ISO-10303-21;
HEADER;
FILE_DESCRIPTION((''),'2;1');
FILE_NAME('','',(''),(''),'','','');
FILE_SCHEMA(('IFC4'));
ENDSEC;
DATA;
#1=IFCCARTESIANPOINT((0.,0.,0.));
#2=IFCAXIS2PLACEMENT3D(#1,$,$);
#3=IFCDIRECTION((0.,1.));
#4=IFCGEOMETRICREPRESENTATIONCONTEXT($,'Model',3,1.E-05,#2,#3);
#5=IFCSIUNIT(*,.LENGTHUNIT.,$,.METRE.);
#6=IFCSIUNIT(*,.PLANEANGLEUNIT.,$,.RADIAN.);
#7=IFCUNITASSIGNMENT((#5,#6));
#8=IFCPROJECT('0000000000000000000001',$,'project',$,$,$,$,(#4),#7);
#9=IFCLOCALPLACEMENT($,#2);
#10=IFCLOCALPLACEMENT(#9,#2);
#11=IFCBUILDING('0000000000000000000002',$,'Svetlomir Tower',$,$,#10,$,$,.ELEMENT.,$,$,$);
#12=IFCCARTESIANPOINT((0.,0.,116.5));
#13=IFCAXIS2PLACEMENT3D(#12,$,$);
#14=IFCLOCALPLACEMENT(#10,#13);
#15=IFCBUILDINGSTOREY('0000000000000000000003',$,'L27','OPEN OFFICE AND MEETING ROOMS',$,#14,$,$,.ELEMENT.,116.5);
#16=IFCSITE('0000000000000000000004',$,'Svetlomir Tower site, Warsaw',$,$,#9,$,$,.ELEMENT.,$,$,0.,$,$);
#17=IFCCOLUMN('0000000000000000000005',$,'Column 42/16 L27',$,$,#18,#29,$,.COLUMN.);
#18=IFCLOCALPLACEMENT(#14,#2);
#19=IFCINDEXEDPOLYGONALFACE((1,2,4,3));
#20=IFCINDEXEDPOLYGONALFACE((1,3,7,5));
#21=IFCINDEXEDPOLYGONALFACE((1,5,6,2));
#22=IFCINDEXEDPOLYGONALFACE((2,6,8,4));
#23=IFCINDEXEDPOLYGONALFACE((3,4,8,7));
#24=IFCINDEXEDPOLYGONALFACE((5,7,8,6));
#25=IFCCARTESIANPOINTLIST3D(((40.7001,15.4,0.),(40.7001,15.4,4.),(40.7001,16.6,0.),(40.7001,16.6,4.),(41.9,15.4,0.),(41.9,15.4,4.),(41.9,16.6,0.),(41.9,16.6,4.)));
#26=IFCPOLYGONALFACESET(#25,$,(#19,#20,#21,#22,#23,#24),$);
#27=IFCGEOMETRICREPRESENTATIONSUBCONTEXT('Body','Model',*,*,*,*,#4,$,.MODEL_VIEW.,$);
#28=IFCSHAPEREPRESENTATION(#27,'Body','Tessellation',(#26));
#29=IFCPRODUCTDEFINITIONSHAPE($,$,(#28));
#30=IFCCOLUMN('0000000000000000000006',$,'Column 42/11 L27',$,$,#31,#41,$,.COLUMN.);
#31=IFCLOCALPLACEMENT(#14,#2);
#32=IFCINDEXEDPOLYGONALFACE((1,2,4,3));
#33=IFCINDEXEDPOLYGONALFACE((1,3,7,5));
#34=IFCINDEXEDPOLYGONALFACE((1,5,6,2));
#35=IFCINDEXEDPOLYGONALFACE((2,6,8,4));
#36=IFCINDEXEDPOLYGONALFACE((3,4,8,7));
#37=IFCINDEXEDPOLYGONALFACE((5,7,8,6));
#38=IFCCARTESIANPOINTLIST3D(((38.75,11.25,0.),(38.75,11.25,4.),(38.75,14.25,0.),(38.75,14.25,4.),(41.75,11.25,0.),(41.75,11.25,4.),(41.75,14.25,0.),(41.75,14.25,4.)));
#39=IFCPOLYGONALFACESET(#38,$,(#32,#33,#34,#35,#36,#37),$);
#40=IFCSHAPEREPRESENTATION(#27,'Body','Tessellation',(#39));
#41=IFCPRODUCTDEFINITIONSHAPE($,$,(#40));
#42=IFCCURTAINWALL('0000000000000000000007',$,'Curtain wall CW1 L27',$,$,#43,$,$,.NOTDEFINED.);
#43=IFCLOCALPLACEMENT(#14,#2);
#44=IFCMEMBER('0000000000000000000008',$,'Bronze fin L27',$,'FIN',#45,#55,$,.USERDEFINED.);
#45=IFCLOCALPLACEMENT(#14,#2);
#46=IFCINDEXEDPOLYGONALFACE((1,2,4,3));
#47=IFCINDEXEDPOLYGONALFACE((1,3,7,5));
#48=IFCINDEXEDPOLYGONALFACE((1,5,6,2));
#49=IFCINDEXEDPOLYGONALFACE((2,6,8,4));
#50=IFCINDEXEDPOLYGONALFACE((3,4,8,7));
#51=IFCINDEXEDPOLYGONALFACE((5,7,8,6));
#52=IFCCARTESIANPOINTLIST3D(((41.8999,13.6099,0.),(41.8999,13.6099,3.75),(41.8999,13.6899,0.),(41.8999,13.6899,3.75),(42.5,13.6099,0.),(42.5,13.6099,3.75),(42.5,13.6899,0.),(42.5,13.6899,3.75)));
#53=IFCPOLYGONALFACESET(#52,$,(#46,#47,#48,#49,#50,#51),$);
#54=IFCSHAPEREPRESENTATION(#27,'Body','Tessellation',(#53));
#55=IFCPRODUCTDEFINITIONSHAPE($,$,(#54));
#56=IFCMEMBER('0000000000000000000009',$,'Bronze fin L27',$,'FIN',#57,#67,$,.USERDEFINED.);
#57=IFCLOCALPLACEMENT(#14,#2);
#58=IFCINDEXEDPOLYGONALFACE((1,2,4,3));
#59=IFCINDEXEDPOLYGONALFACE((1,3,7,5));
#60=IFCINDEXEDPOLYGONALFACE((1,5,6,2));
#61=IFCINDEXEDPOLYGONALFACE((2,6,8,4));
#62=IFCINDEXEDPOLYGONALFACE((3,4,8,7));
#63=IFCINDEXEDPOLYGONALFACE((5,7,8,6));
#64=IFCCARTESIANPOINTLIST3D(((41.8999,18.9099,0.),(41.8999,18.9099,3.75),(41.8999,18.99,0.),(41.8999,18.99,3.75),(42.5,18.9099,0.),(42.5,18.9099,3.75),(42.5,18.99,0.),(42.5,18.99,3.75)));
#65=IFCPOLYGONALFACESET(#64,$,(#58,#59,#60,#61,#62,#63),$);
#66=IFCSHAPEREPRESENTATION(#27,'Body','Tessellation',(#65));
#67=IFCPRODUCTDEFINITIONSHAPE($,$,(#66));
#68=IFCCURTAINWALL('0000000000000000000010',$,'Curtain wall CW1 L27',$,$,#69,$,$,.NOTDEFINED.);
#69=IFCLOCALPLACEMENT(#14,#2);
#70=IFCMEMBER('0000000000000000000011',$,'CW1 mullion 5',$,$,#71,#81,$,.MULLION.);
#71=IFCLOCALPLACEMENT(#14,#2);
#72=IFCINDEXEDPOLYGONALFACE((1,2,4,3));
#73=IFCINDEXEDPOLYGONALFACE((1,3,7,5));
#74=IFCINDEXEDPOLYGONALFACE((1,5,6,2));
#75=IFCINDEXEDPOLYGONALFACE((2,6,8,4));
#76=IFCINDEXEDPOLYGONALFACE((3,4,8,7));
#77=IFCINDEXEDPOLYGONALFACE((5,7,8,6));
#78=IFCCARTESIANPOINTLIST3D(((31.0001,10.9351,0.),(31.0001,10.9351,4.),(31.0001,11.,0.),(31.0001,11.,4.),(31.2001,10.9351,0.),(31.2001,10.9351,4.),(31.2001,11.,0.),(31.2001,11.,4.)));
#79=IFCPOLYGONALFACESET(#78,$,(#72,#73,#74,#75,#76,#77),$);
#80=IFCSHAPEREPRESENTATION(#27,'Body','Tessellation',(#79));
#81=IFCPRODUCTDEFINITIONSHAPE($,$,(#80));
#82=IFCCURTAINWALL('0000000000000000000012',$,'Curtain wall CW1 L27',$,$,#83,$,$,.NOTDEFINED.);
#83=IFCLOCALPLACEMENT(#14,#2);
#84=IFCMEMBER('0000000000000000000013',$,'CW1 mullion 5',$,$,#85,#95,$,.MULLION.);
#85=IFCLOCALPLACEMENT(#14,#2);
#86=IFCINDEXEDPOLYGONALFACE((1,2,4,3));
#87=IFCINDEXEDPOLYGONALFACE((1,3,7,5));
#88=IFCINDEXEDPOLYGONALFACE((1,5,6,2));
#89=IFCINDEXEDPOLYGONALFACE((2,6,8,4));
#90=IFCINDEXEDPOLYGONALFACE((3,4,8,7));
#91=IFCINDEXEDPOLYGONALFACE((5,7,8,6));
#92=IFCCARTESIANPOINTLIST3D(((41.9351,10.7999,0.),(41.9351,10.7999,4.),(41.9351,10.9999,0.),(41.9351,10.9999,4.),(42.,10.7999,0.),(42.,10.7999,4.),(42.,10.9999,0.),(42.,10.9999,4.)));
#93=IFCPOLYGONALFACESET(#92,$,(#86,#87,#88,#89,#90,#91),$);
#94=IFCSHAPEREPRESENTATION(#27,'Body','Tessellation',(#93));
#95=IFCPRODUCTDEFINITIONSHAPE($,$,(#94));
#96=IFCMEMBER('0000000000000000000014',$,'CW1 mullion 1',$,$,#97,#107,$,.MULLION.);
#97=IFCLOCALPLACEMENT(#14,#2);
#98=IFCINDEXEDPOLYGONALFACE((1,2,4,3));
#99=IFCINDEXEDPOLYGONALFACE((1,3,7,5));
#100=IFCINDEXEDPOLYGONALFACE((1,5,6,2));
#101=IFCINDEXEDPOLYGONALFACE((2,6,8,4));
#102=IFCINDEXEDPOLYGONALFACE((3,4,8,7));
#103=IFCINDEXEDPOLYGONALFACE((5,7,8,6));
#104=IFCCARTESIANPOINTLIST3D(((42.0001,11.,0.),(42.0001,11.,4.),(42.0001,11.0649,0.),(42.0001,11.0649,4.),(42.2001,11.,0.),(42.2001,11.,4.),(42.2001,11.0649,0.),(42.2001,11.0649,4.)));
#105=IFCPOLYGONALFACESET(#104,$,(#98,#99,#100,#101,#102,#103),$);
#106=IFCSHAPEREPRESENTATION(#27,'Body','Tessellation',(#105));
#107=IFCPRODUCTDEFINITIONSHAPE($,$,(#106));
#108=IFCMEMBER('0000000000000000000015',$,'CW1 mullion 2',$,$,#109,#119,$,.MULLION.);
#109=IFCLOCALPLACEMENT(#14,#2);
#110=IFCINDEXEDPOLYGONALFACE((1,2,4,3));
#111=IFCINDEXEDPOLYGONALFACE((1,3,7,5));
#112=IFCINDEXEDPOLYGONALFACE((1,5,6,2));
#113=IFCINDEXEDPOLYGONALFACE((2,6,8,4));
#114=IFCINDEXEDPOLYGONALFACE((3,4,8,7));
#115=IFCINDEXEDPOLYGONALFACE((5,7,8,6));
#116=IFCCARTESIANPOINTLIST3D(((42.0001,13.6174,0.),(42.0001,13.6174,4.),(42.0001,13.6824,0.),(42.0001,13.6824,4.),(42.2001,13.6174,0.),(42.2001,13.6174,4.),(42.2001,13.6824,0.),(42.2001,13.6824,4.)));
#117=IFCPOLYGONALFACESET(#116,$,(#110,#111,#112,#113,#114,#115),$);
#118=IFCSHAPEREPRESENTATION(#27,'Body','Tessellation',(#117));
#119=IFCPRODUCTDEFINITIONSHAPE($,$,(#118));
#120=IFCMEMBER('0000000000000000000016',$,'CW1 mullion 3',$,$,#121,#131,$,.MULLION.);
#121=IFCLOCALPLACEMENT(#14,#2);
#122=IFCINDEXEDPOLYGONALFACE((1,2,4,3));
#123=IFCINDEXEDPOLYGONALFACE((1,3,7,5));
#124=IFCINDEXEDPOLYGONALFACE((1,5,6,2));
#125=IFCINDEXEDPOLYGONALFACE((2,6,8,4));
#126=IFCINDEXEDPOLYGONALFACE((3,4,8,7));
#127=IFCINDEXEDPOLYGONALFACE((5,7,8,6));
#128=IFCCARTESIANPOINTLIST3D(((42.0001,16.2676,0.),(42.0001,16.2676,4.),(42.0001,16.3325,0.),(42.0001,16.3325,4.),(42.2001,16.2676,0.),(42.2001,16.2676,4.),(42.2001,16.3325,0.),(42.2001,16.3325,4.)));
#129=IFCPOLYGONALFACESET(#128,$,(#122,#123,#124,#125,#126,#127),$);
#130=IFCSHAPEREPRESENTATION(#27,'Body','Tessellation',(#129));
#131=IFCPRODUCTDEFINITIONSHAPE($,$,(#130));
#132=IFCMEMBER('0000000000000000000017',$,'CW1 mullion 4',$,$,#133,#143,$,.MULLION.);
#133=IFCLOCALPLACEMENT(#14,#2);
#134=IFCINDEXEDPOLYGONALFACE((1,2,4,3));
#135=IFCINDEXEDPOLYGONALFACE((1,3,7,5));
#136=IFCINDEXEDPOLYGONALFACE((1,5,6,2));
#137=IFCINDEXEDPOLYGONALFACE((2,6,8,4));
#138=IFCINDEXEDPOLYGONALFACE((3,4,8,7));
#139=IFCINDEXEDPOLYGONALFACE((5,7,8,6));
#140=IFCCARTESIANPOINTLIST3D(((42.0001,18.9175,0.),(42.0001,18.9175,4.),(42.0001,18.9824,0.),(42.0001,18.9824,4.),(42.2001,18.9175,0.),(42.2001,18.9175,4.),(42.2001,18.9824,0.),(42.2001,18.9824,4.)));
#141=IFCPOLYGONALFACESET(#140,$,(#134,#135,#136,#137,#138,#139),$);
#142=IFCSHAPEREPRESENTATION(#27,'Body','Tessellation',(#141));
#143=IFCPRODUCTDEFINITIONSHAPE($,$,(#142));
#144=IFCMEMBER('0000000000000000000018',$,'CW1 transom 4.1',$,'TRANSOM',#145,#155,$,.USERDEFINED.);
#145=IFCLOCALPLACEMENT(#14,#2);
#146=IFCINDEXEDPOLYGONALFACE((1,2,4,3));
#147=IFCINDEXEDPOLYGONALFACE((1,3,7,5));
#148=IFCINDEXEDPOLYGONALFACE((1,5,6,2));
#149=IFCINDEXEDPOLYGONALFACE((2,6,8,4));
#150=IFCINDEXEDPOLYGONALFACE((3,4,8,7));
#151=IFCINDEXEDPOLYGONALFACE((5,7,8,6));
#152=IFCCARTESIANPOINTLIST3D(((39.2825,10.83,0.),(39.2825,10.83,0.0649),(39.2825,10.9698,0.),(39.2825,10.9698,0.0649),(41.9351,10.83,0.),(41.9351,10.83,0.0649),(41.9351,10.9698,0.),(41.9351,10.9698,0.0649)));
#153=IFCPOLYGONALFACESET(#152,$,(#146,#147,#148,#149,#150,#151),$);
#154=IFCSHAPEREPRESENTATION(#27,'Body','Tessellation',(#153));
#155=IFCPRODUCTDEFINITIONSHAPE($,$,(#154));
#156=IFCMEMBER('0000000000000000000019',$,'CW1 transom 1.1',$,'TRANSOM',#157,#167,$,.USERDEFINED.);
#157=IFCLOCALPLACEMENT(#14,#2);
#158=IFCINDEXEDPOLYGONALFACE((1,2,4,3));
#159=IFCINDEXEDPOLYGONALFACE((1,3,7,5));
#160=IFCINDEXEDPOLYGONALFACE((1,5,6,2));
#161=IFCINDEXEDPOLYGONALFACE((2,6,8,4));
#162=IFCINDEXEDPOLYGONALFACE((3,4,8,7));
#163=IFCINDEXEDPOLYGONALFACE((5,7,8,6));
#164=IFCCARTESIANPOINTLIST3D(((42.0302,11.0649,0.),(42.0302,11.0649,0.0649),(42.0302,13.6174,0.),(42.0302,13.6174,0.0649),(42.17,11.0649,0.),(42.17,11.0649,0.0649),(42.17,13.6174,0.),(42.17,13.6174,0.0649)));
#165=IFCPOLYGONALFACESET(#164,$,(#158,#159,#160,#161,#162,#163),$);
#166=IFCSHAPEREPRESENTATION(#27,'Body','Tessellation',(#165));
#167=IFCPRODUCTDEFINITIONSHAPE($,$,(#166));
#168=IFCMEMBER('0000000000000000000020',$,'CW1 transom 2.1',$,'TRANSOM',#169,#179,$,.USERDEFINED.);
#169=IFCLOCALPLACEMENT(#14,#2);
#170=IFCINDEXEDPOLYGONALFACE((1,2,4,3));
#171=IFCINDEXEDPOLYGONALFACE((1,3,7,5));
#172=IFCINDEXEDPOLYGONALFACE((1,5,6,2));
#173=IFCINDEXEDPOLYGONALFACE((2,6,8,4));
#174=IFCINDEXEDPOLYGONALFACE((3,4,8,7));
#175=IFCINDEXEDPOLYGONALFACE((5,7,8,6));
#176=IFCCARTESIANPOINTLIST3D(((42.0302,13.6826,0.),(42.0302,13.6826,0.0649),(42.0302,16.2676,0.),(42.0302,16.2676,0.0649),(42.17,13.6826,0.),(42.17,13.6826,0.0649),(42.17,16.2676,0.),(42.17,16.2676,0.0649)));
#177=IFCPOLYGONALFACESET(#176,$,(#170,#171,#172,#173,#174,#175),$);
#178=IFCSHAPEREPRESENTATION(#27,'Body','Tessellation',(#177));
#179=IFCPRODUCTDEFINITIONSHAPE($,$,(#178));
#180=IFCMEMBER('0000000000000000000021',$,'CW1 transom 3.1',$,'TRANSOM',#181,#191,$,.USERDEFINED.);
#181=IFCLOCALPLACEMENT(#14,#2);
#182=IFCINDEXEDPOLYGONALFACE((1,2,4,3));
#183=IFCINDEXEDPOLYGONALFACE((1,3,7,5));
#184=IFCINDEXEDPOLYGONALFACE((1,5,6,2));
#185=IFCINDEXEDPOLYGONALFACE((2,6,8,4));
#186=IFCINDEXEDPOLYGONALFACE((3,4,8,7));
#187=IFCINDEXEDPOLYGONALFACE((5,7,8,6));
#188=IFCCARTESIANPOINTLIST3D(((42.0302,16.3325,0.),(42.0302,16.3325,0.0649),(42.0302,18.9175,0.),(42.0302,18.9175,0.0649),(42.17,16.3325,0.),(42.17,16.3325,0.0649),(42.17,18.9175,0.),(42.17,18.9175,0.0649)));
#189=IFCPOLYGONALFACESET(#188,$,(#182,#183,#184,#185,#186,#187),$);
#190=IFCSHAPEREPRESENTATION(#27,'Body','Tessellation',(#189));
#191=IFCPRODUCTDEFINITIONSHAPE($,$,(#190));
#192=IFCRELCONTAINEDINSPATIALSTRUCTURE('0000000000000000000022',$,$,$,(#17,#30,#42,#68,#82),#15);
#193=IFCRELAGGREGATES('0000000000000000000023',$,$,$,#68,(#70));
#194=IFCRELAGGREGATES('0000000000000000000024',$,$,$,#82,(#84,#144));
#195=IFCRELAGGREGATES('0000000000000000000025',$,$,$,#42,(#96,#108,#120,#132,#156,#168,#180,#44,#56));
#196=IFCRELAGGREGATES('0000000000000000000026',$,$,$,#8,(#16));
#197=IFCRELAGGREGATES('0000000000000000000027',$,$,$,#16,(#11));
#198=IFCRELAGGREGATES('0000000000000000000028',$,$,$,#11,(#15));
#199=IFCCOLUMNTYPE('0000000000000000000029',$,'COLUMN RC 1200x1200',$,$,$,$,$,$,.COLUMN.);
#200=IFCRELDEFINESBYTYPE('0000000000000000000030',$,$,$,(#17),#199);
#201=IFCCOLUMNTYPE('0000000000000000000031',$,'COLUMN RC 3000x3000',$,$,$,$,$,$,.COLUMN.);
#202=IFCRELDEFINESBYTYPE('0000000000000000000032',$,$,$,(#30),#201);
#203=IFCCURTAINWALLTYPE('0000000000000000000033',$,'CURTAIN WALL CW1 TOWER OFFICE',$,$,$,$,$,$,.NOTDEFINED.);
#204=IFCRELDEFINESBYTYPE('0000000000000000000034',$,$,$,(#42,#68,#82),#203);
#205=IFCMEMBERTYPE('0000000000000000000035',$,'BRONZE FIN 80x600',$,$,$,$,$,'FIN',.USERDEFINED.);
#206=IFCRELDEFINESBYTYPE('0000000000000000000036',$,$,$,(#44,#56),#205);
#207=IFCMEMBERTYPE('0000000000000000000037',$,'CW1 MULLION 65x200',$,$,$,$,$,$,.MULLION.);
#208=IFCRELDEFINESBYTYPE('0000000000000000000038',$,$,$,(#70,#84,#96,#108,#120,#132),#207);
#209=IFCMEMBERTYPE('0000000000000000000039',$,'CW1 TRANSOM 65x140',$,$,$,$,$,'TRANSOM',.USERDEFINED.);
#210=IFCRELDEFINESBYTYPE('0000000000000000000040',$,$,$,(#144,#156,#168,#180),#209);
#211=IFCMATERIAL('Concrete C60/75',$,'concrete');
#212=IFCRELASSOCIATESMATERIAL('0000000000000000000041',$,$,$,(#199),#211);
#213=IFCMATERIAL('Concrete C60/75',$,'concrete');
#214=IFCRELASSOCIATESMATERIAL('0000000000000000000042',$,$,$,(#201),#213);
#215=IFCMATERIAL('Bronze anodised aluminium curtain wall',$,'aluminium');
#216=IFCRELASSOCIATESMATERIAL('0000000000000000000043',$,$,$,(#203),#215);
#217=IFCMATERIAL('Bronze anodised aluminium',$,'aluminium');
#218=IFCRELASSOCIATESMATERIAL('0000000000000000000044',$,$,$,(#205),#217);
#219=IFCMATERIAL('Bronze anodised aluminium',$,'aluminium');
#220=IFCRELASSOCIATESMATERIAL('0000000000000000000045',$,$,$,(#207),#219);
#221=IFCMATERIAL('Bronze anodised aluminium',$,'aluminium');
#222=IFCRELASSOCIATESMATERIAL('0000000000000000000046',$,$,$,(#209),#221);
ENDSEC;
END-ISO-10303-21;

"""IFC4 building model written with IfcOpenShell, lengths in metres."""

from ifc_helpers import new_model, si_unit, direction, frame, origin, origin_2d, place, context, subcontext, project, spatial, rectangle, extrude, material, material_profile, profile_set, type_object, element, aggregate, save


model = new_model("IFC4")

# Units and contexts
model_context = context("Model", 3, precision=1e-05, world=origin(), true_north=direction((0.0, 1.0)))
body_context = subcontext(model_context, "Body", "Model", "MODEL_VIEW")
ifc_project = project(units=[si_unit("LENGTHUNIT", "METRE"), si_unit("PLANEANGLEUNIT", "RADIAN")], contexts=[model_context])

# Site, building, storey
site_placement = place(None, origin())
site = spatial("IfcSite", under=ifc_project, at=site_placement, Name="Svetlomir Tower site, Warsaw", CompositionType="ELEMENT", RefElevation=0.0)
building_placement = place(site_placement, origin())
building = spatial("IfcBuilding", under=site, at=building_placement, Name="Svetlomir Tower", CompositionType="ELEMENT")
storey_placement = place(building_placement, frame((0.0, 0.0, 116.5)))
storey = spatial("IfcBuildingStorey", under=building, at=storey_placement, Name="L27", Description="OPEN OFFICE AND MEETING ROOMS", CompositionType="ELEMENT", Elevation=116.5)

# Columns
ifc_material_1 = material(Name="Concrete C60/75", Category="concrete")
ifc_material_profile_1 = material_profile(ifc_material_1, rectangle(XDim=1.2, YDim=1.2, at=origin_2d()), Name="RC 1200x1200")
ifc_profile_set_1 = profile_set([ifc_material_profile_1], Name="Concrete C60/75")
column_type_1 = type_object("IfcColumnType", Name="COLUMN RC 1200x1200", PredefinedType="COLUMN", material=ifc_profile_set_1)
column_1_placement = place(storey_placement, frame((41.3, 16.0, 0.0), z_axis=(0.0, 0.0, 1.0), x_axis=(1.0, 0.0, 0.0)))
element("IfcColumn", 1, at=column_1_placement, inside=storey, type_object=column_type_1, Name="Column 42/16 L27", PredefinedType="COLUMN", context=body_context, shape_type="SweptSolid", body=[
    extrude(rectangle(XDim=1.2, YDim=1.2, at=origin_2d()), origin(), (0.0, 0.0, 1.0), 4.0),
])
ifc_material_2 = material(Name="Concrete C60/75", Category="concrete")
ifc_material_profile_2 = material_profile(ifc_material_2, rectangle(XDim=3.0, YDim=3.0, at=origin_2d()), Name="RC 3000x3000")
ifc_profile_set_2 = profile_set([ifc_material_profile_2], Name="Concrete C60/75")
column_type_2 = type_object("IfcColumnType", Name="COLUMN RC 3000x3000", PredefinedType="COLUMN", material=ifc_profile_set_2)
column_2_placement = place(storey_placement, frame((40.25, 12.75, 0.0), z_axis=(0.0, 0.0, 1.0), x_axis=(1.0, 0.0, 0.0)))
element("IfcColumn", 2, at=column_2_placement, inside=storey, type_object=column_type_2, Name="Column 42/11 L27", PredefinedType="COLUMN", context=body_context, shape_type="SweptSolid", body=[
    extrude(rectangle(XDim=3.0, YDim=3.0, at=origin_2d()), origin(), (0.0, 0.0, 1.0), 4.0),
])

# Curtain wall, members
ifc_material_3 = material(Name="Bronze anodised aluminium curtain wall", Category="aluminium")
curtain_wall_type = type_object("IfcCurtainWallType", Name="CURTAIN WALL CW1 TOWER OFFICE", PredefinedType="NOTDEFINED", material=ifc_material_3)
curtain_wall_1_placement = place(storey_placement, origin())
curtain_wall_1 = element("IfcCurtainWall", 3, at=curtain_wall_1_placement, inside=storey, type_object=curtain_wall_type, Name="Curtain wall CW1 L27", PredefinedType="NOTDEFINED")
ifc_material_4 = material(Name="Bronze anodised aluminium", Category="aluminium")
ifc_material_profile_3 = material_profile(ifc_material_4, rectangle(XDim=0.0801, YDim=0.6001, at=origin_2d()), Name="FIN 80x600")
ifc_profile_set_3 = profile_set([ifc_material_profile_3], Name="Bronze anodised aluminium 6063-T6")
member_type_1 = type_object("IfcMemberType", Name="BRONZE FIN 80x600", ElementType="FIN", PredefinedType="USERDEFINED", material=ifc_profile_set_3)
member_1_placement = place(storey_placement, frame((42.2, 13.6499, 0.0), z_axis=(0.0, 0.0, 1.0), x_axis=(0.0, 1.0, 0.0)))
member_1 = element("IfcMember", 4, at=member_1_placement, type_object=member_type_1, Name="Bronze fin L27", ObjectType="FIN", PredefinedType="USERDEFINED", context=body_context, shape_type="SweptSolid", body=[
    extrude(rectangle(XDim=0.0801, YDim=0.6001, at=origin_2d()), origin(), (0.0, 0.0, 1.0), 3.75),
])
member_2_placement = place(storey_placement, frame((42.2, 18.95, 0.0), z_axis=(0.0, 0.0, 1.0), x_axis=(0.0, 1.0, 0.0)))
member_2 = element("IfcMember", 5, at=member_2_placement, type_object=member_type_1, Name="Bronze fin L27", ObjectType="FIN", PredefinedType="USERDEFINED", context=body_context, shape_type="SweptSolid", body=[
    extrude(rectangle(XDim=0.0801, YDim=0.6001, at=origin_2d()), origin(), (0.0, 0.0, 1.0), 3.75),
])

# Curtain walls, members
curtain_wall_2_placement = place(storey_placement, origin())
curtain_wall_2 = element("IfcCurtainWall", 6, at=curtain_wall_2_placement, inside=storey, type_object=curtain_wall_type, Name="Curtain wall CW1 L27", PredefinedType="NOTDEFINED")
ifc_material_5 = material(Name="Bronze anodised aluminium", Category="aluminium")
ifc_material_profile_4 = material_profile(ifc_material_5, rectangle(XDim=0.0649, YDim=0.2, at=origin_2d()), Name="AL 65x200")
ifc_profile_set_4 = profile_set([ifc_material_profile_4], Name="Bronze anodised aluminium 6063-T6")
member_type_2 = type_object("IfcMemberType", Name="CW1 MULLION 65x200", PredefinedType="MULLION", material=ifc_profile_set_4)
member_3_placement = place(storey_placement, frame((31.1001, 10.9675, 0.0), z_axis=(0.0, 0.0, 1.0), x_axis=(0.0, 1.0, 0.0)))
member_3 = element("IfcMember", 7, at=member_3_placement, type_object=member_type_2, Name="CW1 mullion 5", PredefinedType="MULLION", context=body_context, shape_type="SweptSolid", body=[
    extrude(rectangle(XDim=0.0649, YDim=0.2, at=origin_2d()), origin(), (0.0, 0.0, 1.0), 4.0),
])
aggregate(curtain_wall_2, [member_3])
curtain_wall_3_placement = place(storey_placement, origin())
curtain_wall_3 = element("IfcCurtainWall", 8, at=curtain_wall_3_placement, inside=storey, type_object=curtain_wall_type, Name="Curtain wall CW1 L27", PredefinedType="NOTDEFINED")
member_4_placement = place(storey_placement, frame((41.9675, 10.8999, 0.0), z_axis=(0.0, 0.0, 1.0), x_axis=(1.0, 0.0, 0.0)))
member_4 = element("IfcMember", 9, at=member_4_placement, type_object=member_type_2, Name="CW1 mullion 5", PredefinedType="MULLION", context=body_context, shape_type="SweptSolid", body=[
    extrude(rectangle(XDim=0.0649, YDim=0.2, at=origin_2d()), origin(), (0.0, 0.0, 1.0), 4.0),
])

# Members
member_5_placement = place(storey_placement, frame((42.1001, 11.0325, 0.0), z_axis=(0.0, 0.0, 1.0), x_axis=(0.0, 1.0, 0.0)))
member_5 = element("IfcMember", 10, at=member_5_placement, type_object=member_type_2, Name="CW1 mullion 1", PredefinedType="MULLION", context=body_context, shape_type="SweptSolid", body=[
    extrude(rectangle(XDim=0.0649, YDim=0.2, at=origin_2d()), origin(), (0.0, 0.0, 1.0), 4.0),
])
member_6_placement = place(storey_placement, frame((42.1001, 13.6499, 0.0), z_axis=(0.0, 0.0, 1.0), x_axis=(0.0, 1.0, 0.0)))
member_6 = element("IfcMember", 11, at=member_6_placement, type_object=member_type_2, Name="CW1 mullion 2", PredefinedType="MULLION", context=body_context, shape_type="SweptSolid", body=[
    extrude(rectangle(XDim=0.0649, YDim=0.2, at=origin_2d()), origin(), (0.0, 0.0, 1.0), 4.0),
])
member_7_placement = place(storey_placement, frame((42.1001, 16.3, 0.0), z_axis=(0.0, 0.0, 1.0), x_axis=(0.0, 1.0, 0.0)))
member_7 = element("IfcMember", 12, at=member_7_placement, type_object=member_type_2, Name="CW1 mullion 3", PredefinedType="MULLION", context=body_context, shape_type="SweptSolid", body=[
    extrude(rectangle(XDim=0.0649, YDim=0.2, at=origin_2d()), origin(), (0.0, 0.0, 1.0), 4.0),
])
member_8_placement = place(storey_placement, frame((42.1001, 18.95, 0.0), z_axis=(0.0, 0.0, 1.0), x_axis=(0.0, 1.0, 0.0)))
member_8 = element("IfcMember", 13, at=member_8_placement, type_object=member_type_2, Name="CW1 mullion 4", PredefinedType="MULLION", context=body_context, shape_type="SweptSolid", body=[
    extrude(rectangle(XDim=0.0649, YDim=0.2, at=origin_2d()), origin(), (0.0, 0.0, 1.0), 4.0),
])
ifc_material_6 = material(Name="Bronze anodised aluminium", Category="aluminium")
ifc_material_profile_5 = material_profile(ifc_material_6, rectangle(XDim=0.1399, YDim=0.0649, at=origin_2d()), Name="AL 140x65")
ifc_profile_set_5 = profile_set([ifc_material_profile_5], Name="Bronze anodised aluminium 6063-T6")
member_type_3 = type_object("IfcMemberType", Name="CW1 TRANSOM 65x140", ElementType="TRANSOM", PredefinedType="USERDEFINED", material=ifc_profile_set_5)
member_9_placement = place(storey_placement, frame((39.2825, 10.8999, 0.0325), z_axis=(1.0, 0.0, 0.0), x_axis=(0.0, 1.0, 0.0)))
member_9 = element("IfcMember", 14, at=member_9_placement, type_object=member_type_3, Name="CW1 transom 4.1", ObjectType="TRANSOM", PredefinedType="USERDEFINED", context=body_context, shape_type="SweptSolid", body=[
    extrude(rectangle(XDim=0.1399, YDim=0.0649, at=origin_2d()), origin(), (0.0, 0.0, 1.0), 2.6526),
])
member_10_placement = place(storey_placement, frame((42.1001, 11.0649, 0.0325), z_axis=(0.0, 1.0, 0.0), x_axis=(-1.0, 0.0, 0.0)))
member_10 = element("IfcMember", 15, at=member_10_placement, type_object=member_type_3, Name="CW1 transom 1.1", ObjectType="TRANSOM", PredefinedType="USERDEFINED", context=body_context, shape_type="SweptSolid", body=[
    extrude(rectangle(XDim=0.1399, YDim=0.0649, at=origin_2d()), origin(), (0.0, 0.0, 1.0), 2.5525),
])
member_11_placement = place(storey_placement, frame((42.1001, 13.6826, 0.0325), z_axis=(0.0, 1.0, 0.0), x_axis=(-1.0, 0.0, 0.0)))
member_11 = element("IfcMember", 16, at=member_11_placement, type_object=member_type_3, Name="CW1 transom 2.1", ObjectType="TRANSOM", PredefinedType="USERDEFINED", context=body_context, shape_type="SweptSolid", body=[
    extrude(rectangle(XDim=0.1399, YDim=0.0649, at=origin_2d()), origin(), (0.0, 0.0, 1.0), 2.585),
])
member_12_placement = place(storey_placement, frame((42.1001, 16.3325, 0.0325), z_axis=(0.0, 1.0, 0.0), x_axis=(-1.0, 0.0, 0.0)))
member_12 = element("IfcMember", 17, at=member_12_placement, type_object=member_type_3, Name="CW1 transom 3.1", ObjectType="TRANSOM", PredefinedType="USERDEFINED", context=body_context, shape_type="SweptSolid", body=[
    extrude(rectangle(XDim=0.1399, YDim=0.0649, at=origin_2d()), origin(), (0.0, 0.0, 1.0), 2.585),
])

aggregate(curtain_wall_3, [member_4, member_9])
aggregate(curtain_wall_1, [member_5, member_6, member_7, member_8, member_10, member_11, member_12, member_1, member_2])

save(model, "model.ifc")
